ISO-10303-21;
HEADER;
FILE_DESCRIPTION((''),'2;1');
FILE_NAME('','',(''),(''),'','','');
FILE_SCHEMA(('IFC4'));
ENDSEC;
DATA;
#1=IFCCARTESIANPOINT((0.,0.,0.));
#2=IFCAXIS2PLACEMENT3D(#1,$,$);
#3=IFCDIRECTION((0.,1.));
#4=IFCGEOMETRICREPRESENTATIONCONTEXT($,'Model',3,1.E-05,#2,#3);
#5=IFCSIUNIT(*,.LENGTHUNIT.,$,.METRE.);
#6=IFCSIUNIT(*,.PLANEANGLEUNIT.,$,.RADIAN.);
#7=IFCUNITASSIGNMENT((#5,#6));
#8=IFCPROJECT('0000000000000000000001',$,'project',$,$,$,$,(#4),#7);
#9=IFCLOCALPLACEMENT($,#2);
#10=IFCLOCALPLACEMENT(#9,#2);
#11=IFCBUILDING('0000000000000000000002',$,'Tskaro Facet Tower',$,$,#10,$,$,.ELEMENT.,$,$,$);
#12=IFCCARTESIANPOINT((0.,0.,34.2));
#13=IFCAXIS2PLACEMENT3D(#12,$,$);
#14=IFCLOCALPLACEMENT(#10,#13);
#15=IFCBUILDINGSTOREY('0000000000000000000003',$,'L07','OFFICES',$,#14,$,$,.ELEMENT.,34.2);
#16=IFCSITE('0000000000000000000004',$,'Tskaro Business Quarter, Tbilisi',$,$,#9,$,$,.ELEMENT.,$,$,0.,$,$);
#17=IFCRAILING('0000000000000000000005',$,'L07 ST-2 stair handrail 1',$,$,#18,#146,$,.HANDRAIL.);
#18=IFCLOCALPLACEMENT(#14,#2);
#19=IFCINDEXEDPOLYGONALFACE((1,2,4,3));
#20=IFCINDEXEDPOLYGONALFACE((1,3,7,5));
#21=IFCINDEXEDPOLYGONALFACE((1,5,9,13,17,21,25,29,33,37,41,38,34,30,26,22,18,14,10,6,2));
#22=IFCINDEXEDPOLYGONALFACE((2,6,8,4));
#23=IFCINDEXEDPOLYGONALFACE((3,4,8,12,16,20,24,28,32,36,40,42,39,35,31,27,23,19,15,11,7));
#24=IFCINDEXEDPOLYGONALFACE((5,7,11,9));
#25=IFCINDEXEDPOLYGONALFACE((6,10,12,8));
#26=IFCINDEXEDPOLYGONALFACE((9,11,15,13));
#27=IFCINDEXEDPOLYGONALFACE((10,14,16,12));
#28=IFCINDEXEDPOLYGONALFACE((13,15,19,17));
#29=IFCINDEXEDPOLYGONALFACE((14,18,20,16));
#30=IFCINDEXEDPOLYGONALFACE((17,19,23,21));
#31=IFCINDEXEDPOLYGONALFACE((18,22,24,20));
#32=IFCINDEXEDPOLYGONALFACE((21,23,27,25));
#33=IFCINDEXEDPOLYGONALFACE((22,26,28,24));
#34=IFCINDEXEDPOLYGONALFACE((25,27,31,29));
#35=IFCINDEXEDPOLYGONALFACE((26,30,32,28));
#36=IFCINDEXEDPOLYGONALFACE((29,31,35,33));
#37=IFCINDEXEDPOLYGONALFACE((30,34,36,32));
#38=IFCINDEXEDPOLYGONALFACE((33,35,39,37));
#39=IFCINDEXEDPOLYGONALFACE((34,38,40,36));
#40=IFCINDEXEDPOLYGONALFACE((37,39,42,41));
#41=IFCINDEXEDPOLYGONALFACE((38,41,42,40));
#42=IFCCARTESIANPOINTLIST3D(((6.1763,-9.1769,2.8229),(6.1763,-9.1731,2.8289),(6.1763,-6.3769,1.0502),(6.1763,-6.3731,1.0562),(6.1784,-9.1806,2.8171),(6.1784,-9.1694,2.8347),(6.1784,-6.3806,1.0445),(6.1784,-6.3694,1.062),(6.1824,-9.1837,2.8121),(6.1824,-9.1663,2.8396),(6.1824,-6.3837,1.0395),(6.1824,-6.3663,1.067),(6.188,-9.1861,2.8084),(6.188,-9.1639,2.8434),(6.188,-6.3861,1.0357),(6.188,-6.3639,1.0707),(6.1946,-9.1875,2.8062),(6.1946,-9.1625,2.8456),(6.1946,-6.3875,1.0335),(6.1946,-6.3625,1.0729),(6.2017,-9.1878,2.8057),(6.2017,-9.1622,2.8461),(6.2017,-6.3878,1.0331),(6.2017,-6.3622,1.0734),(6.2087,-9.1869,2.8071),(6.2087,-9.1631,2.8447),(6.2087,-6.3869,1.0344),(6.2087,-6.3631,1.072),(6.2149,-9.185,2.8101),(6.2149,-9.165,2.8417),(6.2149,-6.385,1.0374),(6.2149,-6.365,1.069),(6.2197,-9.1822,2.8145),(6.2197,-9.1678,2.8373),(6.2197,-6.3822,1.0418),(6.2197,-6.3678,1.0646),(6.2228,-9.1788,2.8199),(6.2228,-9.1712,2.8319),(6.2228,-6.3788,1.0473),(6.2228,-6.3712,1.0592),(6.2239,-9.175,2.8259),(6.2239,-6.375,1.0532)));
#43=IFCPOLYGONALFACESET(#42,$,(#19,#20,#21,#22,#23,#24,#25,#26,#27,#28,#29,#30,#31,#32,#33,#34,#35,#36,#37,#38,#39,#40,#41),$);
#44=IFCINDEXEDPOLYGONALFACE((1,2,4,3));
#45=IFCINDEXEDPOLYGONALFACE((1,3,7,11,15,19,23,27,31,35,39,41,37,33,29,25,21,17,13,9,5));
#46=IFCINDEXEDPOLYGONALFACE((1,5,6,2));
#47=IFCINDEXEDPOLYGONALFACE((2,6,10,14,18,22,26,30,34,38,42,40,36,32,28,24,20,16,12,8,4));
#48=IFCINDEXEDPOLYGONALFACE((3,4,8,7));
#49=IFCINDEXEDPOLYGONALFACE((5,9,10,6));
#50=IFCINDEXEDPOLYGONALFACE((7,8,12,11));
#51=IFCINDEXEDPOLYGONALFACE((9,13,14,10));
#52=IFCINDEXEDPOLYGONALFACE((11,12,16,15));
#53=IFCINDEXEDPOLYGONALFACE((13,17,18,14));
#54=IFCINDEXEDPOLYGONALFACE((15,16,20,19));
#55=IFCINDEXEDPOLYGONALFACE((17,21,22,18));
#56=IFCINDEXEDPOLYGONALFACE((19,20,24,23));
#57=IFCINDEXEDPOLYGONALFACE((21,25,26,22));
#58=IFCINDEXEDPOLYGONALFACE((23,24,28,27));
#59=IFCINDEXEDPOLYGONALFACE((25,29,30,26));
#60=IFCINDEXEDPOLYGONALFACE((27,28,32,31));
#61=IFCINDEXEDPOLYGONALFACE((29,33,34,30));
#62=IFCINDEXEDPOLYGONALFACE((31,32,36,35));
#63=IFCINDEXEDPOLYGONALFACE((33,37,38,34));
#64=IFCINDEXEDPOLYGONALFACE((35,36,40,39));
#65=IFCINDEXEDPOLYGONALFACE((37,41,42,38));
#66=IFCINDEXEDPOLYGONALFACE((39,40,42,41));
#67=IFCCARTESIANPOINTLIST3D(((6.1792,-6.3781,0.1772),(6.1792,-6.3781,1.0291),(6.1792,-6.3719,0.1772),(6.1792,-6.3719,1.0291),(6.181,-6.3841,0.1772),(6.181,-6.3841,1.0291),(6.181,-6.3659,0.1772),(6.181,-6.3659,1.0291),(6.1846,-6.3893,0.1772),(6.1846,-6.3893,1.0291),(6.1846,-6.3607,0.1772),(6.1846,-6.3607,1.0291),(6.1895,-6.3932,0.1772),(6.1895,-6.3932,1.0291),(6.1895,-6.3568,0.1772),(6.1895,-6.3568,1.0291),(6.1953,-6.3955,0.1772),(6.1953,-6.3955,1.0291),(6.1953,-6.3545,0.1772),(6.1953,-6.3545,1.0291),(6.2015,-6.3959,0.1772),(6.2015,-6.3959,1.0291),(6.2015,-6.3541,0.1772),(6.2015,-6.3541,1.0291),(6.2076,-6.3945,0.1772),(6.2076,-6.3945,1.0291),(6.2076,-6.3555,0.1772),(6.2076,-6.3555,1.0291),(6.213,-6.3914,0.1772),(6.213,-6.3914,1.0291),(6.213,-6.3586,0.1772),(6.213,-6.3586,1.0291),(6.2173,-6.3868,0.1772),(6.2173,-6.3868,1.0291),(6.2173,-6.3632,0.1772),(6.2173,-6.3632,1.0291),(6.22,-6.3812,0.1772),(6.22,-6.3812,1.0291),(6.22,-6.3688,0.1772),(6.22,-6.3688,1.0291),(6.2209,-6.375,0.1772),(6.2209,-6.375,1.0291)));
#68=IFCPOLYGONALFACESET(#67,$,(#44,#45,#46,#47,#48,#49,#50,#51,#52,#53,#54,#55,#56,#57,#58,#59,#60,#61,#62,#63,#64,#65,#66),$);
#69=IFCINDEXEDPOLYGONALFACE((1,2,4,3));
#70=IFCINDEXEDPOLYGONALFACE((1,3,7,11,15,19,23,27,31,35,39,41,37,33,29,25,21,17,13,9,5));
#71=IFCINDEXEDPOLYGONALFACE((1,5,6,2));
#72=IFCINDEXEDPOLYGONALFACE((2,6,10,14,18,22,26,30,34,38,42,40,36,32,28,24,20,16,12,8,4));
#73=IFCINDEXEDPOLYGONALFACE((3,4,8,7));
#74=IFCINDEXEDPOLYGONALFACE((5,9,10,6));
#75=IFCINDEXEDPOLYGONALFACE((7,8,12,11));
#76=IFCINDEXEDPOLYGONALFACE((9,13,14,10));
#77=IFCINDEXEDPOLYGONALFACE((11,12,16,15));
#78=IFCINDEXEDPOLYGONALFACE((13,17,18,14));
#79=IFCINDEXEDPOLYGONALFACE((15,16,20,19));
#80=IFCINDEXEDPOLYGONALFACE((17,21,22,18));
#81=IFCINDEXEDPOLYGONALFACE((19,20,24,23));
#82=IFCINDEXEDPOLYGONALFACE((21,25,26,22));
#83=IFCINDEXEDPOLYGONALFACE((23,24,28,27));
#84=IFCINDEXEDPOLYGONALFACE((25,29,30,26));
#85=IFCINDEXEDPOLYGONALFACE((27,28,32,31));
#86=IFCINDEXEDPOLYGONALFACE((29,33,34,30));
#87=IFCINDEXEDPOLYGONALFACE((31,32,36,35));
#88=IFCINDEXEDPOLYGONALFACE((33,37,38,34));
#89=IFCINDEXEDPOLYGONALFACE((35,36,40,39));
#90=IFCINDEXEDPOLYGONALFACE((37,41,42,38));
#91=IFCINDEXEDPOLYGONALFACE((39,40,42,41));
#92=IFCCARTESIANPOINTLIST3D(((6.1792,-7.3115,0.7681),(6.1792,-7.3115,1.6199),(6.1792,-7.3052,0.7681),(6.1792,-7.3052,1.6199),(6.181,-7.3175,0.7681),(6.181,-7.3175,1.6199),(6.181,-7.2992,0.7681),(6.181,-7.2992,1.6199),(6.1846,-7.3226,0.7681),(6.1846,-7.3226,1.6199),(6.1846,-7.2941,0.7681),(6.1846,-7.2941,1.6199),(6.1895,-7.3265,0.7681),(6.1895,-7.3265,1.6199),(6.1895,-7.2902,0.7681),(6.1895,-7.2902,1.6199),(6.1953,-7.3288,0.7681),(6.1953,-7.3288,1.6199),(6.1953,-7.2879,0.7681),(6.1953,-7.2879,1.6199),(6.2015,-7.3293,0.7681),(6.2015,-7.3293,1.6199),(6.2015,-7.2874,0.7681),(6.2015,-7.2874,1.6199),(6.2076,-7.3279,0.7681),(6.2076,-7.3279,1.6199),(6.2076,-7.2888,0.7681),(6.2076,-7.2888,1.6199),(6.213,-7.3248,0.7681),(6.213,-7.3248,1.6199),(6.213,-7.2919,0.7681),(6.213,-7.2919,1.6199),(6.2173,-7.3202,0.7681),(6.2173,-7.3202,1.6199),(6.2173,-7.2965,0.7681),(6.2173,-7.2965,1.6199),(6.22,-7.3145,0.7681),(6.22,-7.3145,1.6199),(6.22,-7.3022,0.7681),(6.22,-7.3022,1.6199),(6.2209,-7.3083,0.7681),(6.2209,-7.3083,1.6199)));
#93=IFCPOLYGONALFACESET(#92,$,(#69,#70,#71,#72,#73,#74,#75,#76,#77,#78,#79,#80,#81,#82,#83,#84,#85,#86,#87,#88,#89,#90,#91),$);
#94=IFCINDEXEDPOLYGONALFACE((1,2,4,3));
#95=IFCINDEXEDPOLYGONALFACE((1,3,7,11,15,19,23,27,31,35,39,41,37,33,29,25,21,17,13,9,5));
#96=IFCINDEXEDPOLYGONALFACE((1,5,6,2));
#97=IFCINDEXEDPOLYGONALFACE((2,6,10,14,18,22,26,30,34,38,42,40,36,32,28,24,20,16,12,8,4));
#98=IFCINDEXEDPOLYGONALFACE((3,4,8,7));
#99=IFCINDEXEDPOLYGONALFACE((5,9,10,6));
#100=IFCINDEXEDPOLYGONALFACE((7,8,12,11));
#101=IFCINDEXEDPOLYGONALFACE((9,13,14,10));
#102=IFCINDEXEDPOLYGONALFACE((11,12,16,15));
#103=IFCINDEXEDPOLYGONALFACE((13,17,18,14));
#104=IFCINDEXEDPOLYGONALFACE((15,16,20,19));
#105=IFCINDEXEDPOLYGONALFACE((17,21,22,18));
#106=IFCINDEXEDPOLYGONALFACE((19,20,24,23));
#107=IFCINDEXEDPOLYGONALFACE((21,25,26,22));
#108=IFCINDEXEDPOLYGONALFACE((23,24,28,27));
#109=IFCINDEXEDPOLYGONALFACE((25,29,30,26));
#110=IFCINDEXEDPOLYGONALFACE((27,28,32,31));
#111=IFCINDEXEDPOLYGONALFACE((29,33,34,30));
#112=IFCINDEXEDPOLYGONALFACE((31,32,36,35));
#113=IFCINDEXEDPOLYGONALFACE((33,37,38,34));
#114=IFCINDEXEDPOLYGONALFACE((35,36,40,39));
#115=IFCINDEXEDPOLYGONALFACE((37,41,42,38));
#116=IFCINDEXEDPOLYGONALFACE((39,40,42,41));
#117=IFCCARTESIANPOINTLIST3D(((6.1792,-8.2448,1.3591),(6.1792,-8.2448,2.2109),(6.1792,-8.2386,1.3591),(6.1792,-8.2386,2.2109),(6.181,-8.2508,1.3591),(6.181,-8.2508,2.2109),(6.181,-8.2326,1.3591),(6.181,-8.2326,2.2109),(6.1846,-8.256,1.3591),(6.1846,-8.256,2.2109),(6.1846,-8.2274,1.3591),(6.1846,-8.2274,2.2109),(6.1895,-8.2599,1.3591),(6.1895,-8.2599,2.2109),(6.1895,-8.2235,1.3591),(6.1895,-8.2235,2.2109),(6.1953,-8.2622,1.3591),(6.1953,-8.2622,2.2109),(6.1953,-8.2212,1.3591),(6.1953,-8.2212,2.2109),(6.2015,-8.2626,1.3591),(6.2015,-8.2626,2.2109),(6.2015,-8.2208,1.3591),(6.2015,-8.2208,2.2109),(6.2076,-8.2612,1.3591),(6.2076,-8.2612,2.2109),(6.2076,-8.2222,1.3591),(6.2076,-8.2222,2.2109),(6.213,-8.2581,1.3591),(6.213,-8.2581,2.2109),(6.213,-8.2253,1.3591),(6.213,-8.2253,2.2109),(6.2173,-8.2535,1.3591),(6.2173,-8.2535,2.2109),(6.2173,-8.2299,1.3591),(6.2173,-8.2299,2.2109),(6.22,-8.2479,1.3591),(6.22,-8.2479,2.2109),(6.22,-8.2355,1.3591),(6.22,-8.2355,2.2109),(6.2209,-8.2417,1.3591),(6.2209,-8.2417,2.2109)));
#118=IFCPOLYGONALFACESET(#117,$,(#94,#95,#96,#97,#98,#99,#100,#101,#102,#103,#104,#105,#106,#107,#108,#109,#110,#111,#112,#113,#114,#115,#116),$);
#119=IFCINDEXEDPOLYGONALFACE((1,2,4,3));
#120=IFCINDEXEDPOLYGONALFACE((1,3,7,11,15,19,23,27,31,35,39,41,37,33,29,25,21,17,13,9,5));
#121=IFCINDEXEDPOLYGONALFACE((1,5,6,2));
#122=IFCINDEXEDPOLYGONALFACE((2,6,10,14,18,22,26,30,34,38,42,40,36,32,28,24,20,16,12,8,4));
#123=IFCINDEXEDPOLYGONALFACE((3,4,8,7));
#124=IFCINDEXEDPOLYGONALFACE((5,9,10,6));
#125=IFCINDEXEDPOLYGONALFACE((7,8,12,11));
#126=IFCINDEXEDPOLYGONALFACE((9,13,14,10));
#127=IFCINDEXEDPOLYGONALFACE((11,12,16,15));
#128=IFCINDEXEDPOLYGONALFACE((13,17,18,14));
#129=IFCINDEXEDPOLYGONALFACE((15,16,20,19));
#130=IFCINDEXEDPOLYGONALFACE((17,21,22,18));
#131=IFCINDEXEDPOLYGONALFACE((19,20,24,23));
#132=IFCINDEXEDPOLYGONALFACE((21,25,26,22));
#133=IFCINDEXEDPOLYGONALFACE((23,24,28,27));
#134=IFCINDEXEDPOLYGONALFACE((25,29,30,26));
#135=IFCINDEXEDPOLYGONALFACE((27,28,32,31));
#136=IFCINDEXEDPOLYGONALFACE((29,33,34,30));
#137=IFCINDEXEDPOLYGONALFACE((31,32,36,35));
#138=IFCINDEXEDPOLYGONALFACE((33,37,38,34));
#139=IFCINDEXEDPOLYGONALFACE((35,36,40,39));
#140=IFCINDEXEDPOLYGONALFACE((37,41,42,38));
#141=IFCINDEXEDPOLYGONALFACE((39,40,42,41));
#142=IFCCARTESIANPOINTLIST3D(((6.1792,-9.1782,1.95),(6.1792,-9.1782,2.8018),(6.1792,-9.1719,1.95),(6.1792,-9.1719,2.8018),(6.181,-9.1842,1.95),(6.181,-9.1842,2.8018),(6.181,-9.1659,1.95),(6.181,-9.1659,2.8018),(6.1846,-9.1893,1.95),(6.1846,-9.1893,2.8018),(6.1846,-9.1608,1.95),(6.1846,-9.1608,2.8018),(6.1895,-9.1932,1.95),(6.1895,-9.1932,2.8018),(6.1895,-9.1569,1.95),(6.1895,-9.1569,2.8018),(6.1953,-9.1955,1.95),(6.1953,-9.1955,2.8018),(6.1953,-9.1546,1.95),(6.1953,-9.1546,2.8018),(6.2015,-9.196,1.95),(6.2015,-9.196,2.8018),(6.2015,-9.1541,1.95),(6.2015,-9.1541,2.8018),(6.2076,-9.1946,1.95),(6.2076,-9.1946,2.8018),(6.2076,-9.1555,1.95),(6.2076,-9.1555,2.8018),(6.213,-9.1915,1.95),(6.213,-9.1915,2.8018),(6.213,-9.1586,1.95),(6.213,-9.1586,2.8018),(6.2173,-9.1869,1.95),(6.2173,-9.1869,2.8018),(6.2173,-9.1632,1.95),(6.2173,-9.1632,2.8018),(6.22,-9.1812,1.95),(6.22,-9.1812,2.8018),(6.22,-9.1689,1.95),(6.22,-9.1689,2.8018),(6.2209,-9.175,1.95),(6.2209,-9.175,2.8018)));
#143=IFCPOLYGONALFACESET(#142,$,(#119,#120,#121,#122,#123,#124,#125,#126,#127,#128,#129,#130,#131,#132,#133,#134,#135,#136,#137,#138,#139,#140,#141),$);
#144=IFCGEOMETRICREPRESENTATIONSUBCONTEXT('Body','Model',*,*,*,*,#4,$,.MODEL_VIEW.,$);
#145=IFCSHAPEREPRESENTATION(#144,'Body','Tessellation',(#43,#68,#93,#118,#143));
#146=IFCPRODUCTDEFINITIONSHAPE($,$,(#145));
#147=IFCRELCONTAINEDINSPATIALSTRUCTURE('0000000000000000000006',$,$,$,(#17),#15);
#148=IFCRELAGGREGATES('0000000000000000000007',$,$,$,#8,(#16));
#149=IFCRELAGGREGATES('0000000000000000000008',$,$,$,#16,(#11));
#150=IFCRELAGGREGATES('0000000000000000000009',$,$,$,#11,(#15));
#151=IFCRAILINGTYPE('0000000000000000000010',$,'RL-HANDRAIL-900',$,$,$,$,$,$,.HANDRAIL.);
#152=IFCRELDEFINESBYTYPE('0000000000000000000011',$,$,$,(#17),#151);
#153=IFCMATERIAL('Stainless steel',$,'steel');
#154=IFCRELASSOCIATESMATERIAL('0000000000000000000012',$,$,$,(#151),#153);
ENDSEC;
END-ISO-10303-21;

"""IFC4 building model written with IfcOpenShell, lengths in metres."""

from ifc_helpers import new_model, si_unit, direction, frame, origin, origin_2d, place, context, subcontext, project, spatial, circle, extrude, material, type_object, element, save


model = new_model("IFC4")

# Units and contexts
model_context = context("Model", 3, precision=1e-05, world=origin(), true_north=direction((0.0, 1.0)))
body_context = subcontext(model_context, "Body", "Model", "MODEL_VIEW")
ifc_project = project(units=[si_unit("LENGTHUNIT", "METRE"), si_unit("PLANEANGLEUNIT", "RADIAN")], contexts=[model_context])

# Site, building, storey
site_placement = place(None, origin())
site = spatial("IfcSite", under=ifc_project, at=site_placement, Name="Tskaro Business Quarter, Tbilisi", CompositionType="ELEMENT", RefElevation=0.0)
building_placement = place(site_placement, origin())
building = spatial("IfcBuilding", under=site, at=building_placement, Name="Tskaro Facet Tower", CompositionType="ELEMENT")
storey_placement = place(building_placement, frame((0.0, 0.0, 34.2)))
storey = spatial("IfcBuildingStorey", under=building, at=storey_placement, Name="L07", Description="OFFICES", CompositionType="ELEMENT", Elevation=34.2)

# Shared definitions
ifc_material_1 = material(Name="Stainless steel", Category="steel")

# Railing
railing_type = type_object("IfcRailingType", Name="RL-HANDRAIL-900", PredefinedType="HANDRAIL", material=ifc_material_1)
railing_placement = place(storey_placement, frame((6.2, -6.375, 0.1772)))
element("IfcRailing", 1, at=railing_placement, inside=storey, type_object=railing_type, Name="L07 ST-2 stair handrail 1", PredefinedType="HANDRAIL", context=body_context, shape_type="SweptSolid", body=[
    extrude(circle(Radius=0.0239, at=origin_2d()), frame((0.0, 0.0, 0.876), z_axis=(0.0, -0.844909, 0.53491), x_axis=(1.0, 0.0, 0.0)), (0.0, 0.0, 1.0), 3.314),
    extrude(circle(Radius=0.021, at=origin_2d()), origin(), (0.0, 0.0, 1.0), 0.8518),
    extrude(circle(Radius=0.021, at=origin_2d()), frame((0.0, -0.9333, 0.5908)), (0.0, 0.0, 1.0), 0.8518),
    extrude(circle(Radius=0.021, at=origin_2d()), frame((0.0, -1.8667, 1.1819)), (0.0, 0.0, 1.0), 0.8518),
    extrude(circle(Radius=0.021, at=origin_2d()), frame((0.0, -2.8, 1.7727)), (0.0, 0.0, 1.0), 0.8518),
])

save(model, "model.ifc")
